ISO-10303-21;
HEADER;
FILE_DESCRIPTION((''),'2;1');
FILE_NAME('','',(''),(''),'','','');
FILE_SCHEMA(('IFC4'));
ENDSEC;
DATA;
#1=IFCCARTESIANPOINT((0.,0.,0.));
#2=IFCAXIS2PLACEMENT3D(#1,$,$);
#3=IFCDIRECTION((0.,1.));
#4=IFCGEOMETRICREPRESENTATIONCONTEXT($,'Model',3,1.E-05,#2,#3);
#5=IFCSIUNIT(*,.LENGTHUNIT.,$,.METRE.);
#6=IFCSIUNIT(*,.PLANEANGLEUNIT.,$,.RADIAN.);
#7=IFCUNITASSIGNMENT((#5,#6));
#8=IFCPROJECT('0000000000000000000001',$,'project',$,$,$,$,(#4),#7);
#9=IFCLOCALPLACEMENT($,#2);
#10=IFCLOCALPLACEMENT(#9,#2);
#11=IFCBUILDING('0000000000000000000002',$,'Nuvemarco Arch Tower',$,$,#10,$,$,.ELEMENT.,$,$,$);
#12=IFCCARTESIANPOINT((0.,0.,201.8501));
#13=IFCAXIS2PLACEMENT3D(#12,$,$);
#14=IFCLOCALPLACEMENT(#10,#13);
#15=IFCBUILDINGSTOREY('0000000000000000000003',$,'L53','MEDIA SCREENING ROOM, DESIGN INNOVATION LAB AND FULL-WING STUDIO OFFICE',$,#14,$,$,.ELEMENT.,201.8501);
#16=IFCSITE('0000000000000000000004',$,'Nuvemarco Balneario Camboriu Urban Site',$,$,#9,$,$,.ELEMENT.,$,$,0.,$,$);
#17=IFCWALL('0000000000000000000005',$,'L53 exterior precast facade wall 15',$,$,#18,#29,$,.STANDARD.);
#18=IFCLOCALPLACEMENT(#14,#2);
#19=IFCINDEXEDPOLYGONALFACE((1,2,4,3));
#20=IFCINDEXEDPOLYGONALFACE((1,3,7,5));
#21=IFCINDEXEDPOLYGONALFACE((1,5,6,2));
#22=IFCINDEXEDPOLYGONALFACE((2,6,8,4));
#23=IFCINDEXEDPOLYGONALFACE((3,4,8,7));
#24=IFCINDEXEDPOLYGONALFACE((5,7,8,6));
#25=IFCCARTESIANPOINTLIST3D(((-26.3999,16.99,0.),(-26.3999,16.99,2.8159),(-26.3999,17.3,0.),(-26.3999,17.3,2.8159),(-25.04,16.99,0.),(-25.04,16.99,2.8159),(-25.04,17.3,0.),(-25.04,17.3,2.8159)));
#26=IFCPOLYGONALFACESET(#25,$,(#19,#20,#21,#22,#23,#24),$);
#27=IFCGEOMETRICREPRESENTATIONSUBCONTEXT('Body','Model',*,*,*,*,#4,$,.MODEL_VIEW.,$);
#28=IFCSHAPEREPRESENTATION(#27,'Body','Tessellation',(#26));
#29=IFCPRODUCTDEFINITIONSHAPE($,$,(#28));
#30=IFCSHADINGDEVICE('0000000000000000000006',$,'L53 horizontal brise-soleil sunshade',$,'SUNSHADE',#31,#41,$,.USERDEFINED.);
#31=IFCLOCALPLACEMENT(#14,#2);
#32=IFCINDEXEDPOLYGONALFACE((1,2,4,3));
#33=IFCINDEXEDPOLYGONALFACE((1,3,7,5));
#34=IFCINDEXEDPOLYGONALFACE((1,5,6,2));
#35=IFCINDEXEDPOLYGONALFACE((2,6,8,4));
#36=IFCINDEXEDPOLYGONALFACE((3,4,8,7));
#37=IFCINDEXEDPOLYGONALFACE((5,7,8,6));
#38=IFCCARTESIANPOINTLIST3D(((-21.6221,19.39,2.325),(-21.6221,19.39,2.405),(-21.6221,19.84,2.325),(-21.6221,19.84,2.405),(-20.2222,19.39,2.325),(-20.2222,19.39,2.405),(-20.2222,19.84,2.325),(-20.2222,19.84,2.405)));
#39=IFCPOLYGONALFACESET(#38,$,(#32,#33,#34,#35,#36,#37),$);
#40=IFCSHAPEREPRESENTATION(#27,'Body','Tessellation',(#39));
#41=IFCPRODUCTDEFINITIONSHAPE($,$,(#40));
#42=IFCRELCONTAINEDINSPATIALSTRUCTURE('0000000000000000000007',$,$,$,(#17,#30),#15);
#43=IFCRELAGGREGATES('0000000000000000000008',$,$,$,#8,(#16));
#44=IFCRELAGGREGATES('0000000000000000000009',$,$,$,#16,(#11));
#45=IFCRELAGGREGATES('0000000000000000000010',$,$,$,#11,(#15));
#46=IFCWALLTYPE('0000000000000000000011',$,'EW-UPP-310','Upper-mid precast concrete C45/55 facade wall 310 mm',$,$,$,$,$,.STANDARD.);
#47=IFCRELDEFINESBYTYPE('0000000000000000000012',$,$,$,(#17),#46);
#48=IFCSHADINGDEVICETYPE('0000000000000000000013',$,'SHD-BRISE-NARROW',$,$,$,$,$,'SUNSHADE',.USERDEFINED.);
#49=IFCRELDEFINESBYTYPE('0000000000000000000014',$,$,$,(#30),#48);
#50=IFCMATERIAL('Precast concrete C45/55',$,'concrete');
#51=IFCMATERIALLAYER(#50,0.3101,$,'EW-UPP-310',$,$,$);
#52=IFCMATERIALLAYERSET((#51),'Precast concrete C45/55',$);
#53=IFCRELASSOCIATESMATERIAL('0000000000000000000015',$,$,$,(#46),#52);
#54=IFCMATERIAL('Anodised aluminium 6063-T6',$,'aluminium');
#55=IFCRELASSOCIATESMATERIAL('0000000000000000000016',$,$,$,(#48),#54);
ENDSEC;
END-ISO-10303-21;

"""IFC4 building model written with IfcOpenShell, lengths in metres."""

from ifc_helpers import new_model, si_unit, direction, frame, frame_2d, origin, origin_2d, place, context, subcontext, project, spatial, rectangle, extrude, source, transform, mapped, material, layer, layer_set, type_object, type_shapes, element, save


model = new_model("IFC4")

# Units and contexts
model_context = context("Model", 3, precision=1e-05, world=origin(), true_north=direction((0.0, 1.0)))
body_context = subcontext(model_context, "Body", "Model", "MODEL_VIEW")
ifc_project = project(units=[si_unit("LENGTHUNIT", "METRE"), si_unit("PLANEANGLEUNIT", "RADIAN")], contexts=[model_context])

# Site, building, storey
site_placement = place(None, origin())
site = spatial("IfcSite", under=ifc_project, at=site_placement, Name="Nuvemarco Balneario Camboriu Urban Site", CompositionType="ELEMENT", RefElevation=0.0)
building_placement = place(site_placement, origin())
building = spatial("IfcBuilding", under=site, at=building_placement, Name="Nuvemarco Arch Tower", CompositionType="ELEMENT")
storey_placement = place(building_placement, frame((0.0, 0.0, 201.8501)))
storey = spatial("IfcBuildingStorey", under=building, at=storey_placement, Name="L53", Description="MEDIA SCREENING ROOM, DESIGN INNOVATION LAB AND FULL-WING STUDIO OFFICE", CompositionType="ELEMENT", Elevation=201.8501)

# Shared definitions
ifc_material_1 = material(Name="Precast concrete C45/55", Category="concrete")
ifc_layer = layer(ifc_material_1, 0.3101, Name="EW-UPP-310")
ifc_layer_set = layer_set([ifc_layer], Name="Precast concrete C45/55")
wall_type = type_object("IfcWallType", Name="EW-UPP-310", Description="Upper-mid precast concrete C45/55 facade wall 310 mm", PredefinedType="STANDARD", material=ifc_layer_set)

# Wall
wall_1_placement = place(storey_placement, frame((-26.3999, 17.145, 0.0), z_axis=(0.0, 0.0, 1.0), x_axis=(1.0, 0.0, 0.0)))
element("IfcWall", 1, at=wall_1_placement, inside=storey, type_object=wall_type, Name="L53 exterior precast facade wall 15", PredefinedType="STANDARD", context=body_context, shape_type="SweptSolid", body=[
    extrude(rectangle(XDim=1.3599, YDim=0.3101, at=frame_2d((0.6799, 0.0))), origin(), (0.0, 0.0, 1.0), 2.8159),
])

# Shading device
ifc_material_2 = material(Name="Anodised aluminium 6063-T6", Category="aluminium")
shading_device_type = type_object("IfcShadingDeviceType", Name="SHD-BRISE-NARROW", ElementType="SUNSHADE", PredefinedType="USERDEFINED", material=ifc_material_2)
shared_shape_1 = source(origin(), body_context, "Body", "SweptSolid", [
    extrude(rectangle(XDim=1.3999, YDim=0.45, at=origin_2d()), origin(), (0.0, 0.0, 1.0), 0.0801),
])
type_shapes(shading_device_type, [shared_shape_1])
shading_device_placement = place(storey_placement, frame((-20.9221, 19.615, 2.325), z_axis=(0.0, 0.0, 1.0), x_axis=(1.0, 0.0, 0.0)))
element("IfcShadingDevice", 2, at=shading_device_placement, inside=storey, type_object=shading_device_type, Name="L53 horizontal brise-soleil sunshade", ObjectType="SUNSHADE", PredefinedType="USERDEFINED", context=body_context, shape_type="MappedRepresentation", body=[
    mapped(shared_shape_1, transform((0.0, 0.0, 0.0), scale=1.0)),
])

save(model, "model.ifc")
